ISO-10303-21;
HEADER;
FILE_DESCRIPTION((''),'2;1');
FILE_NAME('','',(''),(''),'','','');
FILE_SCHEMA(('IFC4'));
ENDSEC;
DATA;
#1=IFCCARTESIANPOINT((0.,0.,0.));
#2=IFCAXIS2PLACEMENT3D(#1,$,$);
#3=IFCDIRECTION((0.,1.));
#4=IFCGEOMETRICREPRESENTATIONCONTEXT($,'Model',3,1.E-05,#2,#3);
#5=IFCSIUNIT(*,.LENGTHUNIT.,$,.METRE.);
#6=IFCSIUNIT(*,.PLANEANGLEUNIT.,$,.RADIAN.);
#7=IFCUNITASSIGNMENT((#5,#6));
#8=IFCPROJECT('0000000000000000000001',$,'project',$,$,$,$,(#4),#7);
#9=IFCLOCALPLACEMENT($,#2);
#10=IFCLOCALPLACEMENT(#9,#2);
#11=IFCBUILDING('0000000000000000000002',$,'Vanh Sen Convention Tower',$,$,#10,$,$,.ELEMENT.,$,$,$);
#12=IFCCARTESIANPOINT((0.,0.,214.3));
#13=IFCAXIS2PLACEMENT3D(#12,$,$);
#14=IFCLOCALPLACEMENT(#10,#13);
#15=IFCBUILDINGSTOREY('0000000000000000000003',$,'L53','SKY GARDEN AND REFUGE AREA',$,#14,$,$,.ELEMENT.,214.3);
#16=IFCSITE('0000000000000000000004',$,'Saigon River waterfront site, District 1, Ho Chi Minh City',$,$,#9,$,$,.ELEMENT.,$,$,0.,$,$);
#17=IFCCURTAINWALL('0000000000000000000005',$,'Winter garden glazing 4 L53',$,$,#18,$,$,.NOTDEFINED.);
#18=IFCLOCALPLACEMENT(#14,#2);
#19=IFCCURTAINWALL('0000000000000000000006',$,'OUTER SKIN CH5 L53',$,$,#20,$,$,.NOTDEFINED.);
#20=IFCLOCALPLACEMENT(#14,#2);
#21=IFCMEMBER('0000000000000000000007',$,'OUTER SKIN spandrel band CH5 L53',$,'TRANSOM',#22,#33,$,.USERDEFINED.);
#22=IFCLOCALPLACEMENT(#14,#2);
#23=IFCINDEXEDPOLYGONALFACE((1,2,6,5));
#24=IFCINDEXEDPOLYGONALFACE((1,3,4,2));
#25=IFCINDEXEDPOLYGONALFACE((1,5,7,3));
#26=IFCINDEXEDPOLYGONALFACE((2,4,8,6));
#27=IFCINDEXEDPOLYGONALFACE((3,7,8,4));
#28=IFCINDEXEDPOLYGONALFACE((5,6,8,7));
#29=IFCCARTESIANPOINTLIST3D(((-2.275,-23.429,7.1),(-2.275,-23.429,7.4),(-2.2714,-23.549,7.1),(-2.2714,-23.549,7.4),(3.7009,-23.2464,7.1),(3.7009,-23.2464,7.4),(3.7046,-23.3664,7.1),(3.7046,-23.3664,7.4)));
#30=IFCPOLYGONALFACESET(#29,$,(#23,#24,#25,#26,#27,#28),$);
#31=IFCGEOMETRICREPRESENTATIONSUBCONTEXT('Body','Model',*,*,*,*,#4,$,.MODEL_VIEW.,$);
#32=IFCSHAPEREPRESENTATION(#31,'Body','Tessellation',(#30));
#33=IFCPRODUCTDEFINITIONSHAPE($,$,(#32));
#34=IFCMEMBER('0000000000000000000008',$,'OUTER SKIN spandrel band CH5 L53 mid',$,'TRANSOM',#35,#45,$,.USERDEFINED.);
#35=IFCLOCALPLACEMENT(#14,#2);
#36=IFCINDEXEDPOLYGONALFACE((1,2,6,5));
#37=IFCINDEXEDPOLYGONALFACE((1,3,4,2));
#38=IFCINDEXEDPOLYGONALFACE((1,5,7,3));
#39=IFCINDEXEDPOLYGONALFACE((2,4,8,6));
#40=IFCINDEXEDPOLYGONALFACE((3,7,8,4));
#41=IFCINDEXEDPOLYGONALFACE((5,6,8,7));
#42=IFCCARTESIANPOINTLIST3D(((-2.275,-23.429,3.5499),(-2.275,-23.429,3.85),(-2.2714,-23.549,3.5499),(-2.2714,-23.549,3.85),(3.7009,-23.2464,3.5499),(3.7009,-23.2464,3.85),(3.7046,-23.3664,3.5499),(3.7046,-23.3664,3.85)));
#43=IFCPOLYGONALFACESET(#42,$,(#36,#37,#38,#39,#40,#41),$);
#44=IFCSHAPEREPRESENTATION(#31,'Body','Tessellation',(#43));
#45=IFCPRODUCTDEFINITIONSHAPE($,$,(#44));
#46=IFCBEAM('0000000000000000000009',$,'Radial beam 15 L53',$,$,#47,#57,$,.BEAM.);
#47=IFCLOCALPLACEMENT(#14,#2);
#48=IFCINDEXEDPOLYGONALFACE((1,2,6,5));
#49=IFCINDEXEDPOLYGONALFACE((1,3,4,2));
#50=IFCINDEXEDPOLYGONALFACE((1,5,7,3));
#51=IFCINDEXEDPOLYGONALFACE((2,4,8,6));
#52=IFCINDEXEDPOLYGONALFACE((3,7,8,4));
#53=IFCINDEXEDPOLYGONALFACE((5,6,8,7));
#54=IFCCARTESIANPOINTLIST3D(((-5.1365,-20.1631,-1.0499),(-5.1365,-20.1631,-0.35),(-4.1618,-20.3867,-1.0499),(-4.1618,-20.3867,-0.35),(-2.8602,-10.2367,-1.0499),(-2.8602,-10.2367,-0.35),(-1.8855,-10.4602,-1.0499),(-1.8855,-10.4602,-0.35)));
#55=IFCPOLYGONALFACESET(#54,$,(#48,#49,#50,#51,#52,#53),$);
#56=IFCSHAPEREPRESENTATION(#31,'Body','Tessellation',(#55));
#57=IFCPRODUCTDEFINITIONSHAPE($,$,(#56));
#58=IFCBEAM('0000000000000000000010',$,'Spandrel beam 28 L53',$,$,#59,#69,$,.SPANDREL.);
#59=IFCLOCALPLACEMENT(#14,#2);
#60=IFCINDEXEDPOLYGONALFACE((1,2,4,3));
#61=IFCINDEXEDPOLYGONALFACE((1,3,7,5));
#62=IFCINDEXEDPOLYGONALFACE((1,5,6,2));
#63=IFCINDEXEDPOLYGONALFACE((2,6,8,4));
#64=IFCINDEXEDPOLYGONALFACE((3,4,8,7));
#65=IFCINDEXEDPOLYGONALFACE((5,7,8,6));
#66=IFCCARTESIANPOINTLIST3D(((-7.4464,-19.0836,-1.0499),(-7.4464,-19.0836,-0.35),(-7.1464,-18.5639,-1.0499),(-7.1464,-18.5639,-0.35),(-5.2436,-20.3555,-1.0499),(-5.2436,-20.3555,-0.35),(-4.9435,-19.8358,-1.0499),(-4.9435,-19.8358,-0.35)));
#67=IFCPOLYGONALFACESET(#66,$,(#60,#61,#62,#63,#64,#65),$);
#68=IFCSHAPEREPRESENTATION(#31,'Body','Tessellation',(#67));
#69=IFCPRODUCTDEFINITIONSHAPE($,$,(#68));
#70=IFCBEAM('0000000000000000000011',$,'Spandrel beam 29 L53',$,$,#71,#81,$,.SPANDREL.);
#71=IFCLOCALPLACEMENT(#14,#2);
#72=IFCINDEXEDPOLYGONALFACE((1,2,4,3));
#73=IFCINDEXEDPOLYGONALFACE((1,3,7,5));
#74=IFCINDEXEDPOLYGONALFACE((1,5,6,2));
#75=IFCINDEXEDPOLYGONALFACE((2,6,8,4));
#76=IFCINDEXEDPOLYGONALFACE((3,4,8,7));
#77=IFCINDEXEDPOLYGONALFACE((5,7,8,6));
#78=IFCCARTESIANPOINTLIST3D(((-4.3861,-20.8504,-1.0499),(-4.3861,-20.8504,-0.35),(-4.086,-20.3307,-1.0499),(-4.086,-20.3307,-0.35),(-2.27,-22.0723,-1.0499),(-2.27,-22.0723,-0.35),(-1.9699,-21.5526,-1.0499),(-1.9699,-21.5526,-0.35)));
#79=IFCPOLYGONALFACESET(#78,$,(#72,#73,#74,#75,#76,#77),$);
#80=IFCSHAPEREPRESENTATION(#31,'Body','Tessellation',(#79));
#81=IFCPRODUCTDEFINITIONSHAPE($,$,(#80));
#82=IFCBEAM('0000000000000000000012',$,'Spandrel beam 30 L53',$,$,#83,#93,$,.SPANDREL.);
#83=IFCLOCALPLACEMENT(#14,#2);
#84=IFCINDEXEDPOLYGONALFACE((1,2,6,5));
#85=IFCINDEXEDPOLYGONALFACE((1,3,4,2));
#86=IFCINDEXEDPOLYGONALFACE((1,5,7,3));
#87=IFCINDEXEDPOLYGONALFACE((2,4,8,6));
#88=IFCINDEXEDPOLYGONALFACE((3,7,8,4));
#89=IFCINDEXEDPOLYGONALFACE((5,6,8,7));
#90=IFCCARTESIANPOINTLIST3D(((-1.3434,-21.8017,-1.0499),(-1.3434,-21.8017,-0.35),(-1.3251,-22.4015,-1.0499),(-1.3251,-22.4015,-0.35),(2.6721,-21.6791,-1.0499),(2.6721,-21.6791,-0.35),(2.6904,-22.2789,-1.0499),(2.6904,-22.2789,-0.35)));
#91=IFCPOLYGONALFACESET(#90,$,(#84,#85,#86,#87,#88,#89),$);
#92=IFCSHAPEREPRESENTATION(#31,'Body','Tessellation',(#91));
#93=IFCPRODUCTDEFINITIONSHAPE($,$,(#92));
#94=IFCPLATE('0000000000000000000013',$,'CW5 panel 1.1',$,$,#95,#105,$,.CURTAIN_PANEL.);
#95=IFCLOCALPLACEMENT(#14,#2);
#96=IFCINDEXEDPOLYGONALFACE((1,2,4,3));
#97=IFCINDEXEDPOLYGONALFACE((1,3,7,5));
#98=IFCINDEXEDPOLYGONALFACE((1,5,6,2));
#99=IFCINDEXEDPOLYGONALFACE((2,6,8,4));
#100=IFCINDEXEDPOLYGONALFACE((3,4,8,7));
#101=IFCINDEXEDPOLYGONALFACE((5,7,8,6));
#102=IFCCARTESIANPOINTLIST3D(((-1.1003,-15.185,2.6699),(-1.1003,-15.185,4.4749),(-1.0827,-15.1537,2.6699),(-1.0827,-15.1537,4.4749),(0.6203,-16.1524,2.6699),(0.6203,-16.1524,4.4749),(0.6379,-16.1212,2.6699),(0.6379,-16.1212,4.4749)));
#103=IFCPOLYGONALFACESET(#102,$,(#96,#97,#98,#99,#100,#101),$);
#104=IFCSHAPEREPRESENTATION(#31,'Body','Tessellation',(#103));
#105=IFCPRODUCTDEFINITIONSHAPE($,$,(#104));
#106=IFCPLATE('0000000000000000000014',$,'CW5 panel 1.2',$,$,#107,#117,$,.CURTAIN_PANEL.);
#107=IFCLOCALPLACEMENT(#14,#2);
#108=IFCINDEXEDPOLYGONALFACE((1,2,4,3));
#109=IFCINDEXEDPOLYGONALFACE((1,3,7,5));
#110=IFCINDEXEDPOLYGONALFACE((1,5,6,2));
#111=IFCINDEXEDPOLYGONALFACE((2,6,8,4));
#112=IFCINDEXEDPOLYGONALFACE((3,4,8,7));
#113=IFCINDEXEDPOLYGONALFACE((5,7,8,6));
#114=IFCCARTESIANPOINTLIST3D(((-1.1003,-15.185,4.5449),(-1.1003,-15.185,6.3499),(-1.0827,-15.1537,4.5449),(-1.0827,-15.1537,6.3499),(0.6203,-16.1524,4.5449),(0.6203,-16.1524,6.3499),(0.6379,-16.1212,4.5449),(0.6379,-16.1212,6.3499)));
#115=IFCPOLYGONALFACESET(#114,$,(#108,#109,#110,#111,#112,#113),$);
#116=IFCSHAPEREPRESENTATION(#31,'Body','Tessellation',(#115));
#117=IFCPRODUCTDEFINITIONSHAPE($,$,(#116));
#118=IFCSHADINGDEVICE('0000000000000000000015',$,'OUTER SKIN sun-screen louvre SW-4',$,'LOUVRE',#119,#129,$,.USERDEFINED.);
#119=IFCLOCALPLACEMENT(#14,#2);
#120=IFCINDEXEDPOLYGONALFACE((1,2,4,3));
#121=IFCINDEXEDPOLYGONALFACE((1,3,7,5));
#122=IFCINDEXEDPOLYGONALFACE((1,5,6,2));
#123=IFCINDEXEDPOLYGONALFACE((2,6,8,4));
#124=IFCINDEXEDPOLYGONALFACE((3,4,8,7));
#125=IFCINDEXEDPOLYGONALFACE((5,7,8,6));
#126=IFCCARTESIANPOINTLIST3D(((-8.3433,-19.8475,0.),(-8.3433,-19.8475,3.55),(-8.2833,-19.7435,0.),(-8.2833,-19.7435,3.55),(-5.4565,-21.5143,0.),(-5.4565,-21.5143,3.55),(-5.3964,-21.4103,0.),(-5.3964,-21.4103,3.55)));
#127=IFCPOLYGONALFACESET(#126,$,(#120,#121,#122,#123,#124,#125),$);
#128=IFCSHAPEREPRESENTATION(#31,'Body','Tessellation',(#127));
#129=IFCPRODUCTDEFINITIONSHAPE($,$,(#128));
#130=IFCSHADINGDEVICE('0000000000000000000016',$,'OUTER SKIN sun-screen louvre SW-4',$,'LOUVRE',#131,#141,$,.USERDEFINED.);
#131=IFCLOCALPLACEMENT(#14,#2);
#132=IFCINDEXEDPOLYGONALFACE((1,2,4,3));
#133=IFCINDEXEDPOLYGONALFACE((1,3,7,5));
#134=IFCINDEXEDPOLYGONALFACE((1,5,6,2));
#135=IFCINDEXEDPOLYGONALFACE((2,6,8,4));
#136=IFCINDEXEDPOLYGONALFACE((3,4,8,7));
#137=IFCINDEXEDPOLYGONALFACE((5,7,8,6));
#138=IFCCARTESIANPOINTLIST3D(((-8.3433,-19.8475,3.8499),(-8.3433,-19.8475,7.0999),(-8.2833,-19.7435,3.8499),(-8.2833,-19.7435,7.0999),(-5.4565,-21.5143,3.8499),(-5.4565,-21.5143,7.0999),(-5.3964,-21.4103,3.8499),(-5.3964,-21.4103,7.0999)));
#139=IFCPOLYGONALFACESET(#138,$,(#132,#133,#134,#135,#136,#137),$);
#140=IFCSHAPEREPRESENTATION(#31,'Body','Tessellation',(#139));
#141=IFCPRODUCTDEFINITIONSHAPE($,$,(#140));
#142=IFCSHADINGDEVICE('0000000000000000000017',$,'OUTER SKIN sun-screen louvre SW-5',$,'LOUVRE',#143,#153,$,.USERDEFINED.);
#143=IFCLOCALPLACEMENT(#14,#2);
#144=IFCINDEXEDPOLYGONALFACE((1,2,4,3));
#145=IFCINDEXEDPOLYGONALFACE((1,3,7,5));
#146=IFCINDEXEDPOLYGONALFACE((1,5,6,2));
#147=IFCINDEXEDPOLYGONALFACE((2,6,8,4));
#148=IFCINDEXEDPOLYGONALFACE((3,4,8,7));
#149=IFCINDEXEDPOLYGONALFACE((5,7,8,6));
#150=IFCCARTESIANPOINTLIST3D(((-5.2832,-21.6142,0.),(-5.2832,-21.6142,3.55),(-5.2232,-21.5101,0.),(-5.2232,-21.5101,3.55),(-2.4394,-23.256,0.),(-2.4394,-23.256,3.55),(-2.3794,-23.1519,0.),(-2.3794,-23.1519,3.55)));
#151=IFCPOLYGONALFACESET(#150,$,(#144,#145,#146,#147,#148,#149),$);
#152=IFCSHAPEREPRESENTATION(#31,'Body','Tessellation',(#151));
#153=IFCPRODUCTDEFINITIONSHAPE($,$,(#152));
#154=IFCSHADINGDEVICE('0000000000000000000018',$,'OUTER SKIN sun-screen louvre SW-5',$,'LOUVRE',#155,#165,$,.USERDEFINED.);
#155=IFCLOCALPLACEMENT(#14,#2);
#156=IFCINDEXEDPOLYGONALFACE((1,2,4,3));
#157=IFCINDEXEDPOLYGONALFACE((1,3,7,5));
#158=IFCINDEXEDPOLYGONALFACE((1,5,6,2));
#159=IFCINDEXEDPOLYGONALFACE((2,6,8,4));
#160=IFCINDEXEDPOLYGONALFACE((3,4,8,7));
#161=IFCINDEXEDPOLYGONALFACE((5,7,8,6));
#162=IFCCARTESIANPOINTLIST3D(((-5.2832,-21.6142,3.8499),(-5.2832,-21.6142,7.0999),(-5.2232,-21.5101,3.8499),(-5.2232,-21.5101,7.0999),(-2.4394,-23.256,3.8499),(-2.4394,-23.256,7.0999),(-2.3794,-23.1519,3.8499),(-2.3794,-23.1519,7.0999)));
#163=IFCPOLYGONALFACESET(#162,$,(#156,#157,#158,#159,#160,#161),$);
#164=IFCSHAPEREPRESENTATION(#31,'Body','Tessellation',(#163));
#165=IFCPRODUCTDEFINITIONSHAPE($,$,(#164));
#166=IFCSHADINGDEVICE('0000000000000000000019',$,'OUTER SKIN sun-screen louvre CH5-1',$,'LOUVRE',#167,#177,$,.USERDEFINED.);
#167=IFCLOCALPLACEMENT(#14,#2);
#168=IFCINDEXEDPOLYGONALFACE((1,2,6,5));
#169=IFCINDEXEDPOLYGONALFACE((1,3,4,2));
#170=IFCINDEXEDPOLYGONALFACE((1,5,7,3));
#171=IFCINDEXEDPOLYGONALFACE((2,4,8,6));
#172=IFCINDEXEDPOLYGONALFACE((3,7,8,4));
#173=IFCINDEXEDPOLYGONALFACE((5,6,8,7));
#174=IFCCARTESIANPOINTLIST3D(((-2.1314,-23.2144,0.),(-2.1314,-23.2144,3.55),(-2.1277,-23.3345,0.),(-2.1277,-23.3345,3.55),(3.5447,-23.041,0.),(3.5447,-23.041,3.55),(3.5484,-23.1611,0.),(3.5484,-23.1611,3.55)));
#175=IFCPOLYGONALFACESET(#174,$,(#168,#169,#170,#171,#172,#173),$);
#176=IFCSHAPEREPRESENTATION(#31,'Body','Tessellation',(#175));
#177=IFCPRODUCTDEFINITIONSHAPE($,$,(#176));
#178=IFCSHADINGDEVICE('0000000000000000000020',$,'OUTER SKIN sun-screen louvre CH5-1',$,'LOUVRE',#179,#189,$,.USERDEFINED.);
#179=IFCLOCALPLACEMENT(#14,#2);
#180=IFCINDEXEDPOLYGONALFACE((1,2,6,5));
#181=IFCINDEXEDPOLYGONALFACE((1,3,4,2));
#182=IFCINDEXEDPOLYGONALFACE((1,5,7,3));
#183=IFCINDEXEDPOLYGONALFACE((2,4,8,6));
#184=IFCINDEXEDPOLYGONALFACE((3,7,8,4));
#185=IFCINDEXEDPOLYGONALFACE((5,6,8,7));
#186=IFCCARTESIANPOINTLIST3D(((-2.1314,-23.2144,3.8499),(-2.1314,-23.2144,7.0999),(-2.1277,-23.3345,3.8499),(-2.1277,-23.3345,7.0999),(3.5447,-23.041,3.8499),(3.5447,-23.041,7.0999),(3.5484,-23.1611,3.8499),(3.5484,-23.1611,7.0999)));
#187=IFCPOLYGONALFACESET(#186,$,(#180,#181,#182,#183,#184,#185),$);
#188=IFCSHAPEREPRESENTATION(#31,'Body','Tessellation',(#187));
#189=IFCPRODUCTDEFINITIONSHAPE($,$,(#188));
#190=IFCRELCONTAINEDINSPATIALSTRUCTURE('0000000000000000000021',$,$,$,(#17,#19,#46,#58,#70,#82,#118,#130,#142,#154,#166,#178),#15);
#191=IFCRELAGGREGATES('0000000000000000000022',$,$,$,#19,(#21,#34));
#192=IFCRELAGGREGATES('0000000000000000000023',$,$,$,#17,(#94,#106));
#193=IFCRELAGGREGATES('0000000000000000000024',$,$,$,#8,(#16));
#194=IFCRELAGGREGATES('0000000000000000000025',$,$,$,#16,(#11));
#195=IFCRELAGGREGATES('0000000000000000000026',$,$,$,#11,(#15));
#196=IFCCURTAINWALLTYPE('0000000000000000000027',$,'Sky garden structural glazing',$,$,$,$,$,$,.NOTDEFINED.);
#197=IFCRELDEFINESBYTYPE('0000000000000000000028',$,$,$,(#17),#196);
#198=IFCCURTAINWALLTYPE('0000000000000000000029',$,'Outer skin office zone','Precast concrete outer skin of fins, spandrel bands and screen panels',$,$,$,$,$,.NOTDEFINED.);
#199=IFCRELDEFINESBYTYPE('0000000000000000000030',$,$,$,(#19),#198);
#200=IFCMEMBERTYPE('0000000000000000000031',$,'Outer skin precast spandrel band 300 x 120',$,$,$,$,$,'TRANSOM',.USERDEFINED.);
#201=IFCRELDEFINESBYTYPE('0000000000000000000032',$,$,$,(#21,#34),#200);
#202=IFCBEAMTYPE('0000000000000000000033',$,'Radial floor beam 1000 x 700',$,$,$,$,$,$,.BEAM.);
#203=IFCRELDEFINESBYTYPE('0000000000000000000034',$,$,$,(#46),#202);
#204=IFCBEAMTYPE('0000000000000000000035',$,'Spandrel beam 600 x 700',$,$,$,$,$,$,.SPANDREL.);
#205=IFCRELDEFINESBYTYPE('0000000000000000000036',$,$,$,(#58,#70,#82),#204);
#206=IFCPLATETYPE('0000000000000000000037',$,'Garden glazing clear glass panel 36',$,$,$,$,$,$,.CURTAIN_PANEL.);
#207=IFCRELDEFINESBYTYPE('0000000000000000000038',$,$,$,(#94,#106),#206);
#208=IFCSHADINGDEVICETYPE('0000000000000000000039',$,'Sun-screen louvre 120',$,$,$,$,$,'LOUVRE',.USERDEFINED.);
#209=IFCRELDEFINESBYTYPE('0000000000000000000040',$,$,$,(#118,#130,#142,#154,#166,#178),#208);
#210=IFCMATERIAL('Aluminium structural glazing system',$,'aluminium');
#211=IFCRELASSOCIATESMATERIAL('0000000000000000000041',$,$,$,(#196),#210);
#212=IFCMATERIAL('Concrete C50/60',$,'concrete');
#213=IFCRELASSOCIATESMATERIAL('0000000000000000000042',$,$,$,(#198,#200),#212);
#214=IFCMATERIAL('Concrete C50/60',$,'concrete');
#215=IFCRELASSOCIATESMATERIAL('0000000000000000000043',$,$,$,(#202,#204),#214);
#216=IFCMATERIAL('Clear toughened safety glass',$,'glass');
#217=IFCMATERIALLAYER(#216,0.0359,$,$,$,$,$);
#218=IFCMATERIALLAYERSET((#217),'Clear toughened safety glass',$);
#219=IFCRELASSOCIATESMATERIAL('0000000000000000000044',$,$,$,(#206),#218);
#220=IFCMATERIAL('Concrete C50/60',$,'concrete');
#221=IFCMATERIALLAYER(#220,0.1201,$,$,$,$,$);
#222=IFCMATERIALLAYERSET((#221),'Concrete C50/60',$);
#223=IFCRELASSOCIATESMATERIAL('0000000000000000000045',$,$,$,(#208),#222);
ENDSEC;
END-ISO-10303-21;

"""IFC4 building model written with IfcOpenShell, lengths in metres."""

from ifc_helpers import new_model, si_unit, direction, frame, origin, origin_2d, place, context, subcontext, project, spatial, rectangle, extrude, material, layer, layer_set, material_profile, profile_set, type_object, element, aggregate, save


model = new_model("IFC4")

# Units and contexts
model_context = context("Model", 3, precision=1e-05, world=origin(), true_north=direction((0.0, 1.0)))
body_context = subcontext(model_context, "Body", "Model", "MODEL_VIEW")
ifc_project = project(units=[si_unit("LENGTHUNIT", "METRE"), si_unit("PLANEANGLEUNIT", "RADIAN")], contexts=[model_context])

# Site, building, storey
site_placement = place(None, origin())
site = spatial("IfcSite", under=ifc_project, at=site_placement, Name="Saigon River waterfront site, District 1, Ho Chi Minh City", CompositionType="ELEMENT", RefElevation=0.0)
building_placement = place(site_placement, origin())
building = spatial("IfcBuilding", under=site, at=building_placement, Name="Vanh Sen Convention Tower", CompositionType="ELEMENT")
storey_placement = place(building_placement, frame((0.0, 0.0, 214.3)))
storey = spatial("IfcBuildingStorey", under=building, at=storey_placement, Name="L53", Description="SKY GARDEN AND REFUGE AREA", CompositionType="ELEMENT", Elevation=214.3)

# Curtain walls, members
ifc_material_1 = material(Name="Aluminium structural glazing system", Category="aluminium")
curtain_wall_type_1 = type_object("IfcCurtainWallType", Name="Sky garden structural glazing", PredefinedType="NOTDEFINED", material=ifc_material_1)
curtain_wall_1_placement = place(storey_placement, origin())
curtain_wall_1 = element("IfcCurtainWall", 1, at=curtain_wall_1_placement, inside=storey, type_object=curtain_wall_type_1, Name="Winter garden glazing 4 L53", PredefinedType="NOTDEFINED")
ifc_material_2 = material(Name="Concrete C50/60", Category="concrete")
curtain_wall_type_2 = type_object("IfcCurtainWallType", Name="Outer skin office zone", Description="Precast concrete outer skin of fins, spandrel bands and screen panels", PredefinedType="NOTDEFINED", material=ifc_material_2)
curtain_wall_2_placement = place(storey_placement, origin())
curtain_wall_2 = element("IfcCurtainWall", 2, at=curtain_wall_2_placement, inside=storey, type_object=curtain_wall_type_2, Name="OUTER SKIN CH5 L53", PredefinedType="NOTDEFINED")
ifc_material_profile_1 = material_profile(ifc_material_2, rectangle(XDim=0.1201, YDim=0.3, at=origin_2d()), Name="Outer skin precast spandrel band 300 x 120")
ifc_profile_set_1 = profile_set([ifc_material_profile_1], Name="Concrete C50/60")
member_type_1 = type_object("IfcMemberType", Name="Outer skin precast spandrel band 300 x 120", ElementType="TRANSOM", PredefinedType="USERDEFINED", material=ifc_profile_set_1)
member_1_placement = place(storey_placement, frame((-2.2732, -23.489, 7.25), z_axis=(0.999533, 0.030544, 0.0), x_axis=(-0.030544, 0.999533, 0.0)))
member_1 = element("IfcMember", 3, at=member_1_placement, type_object=member_type_1, Name="OUTER SKIN spandrel band CH5 L53", ObjectType="TRANSOM", PredefinedType="USERDEFINED", context=body_context, shape_type="SweptSolid", body=[
    extrude(rectangle(XDim=0.1201, YDim=0.3, at=origin_2d()), origin(), (0.0, 0.0, 1.0), 5.9788),
])
member_2_placement = place(storey_placement, frame((-2.2732, -23.489, 3.7), z_axis=(0.999533, 0.030544, 0.0), x_axis=(-0.030544, 0.999533, 0.0)))
member_2 = element("IfcMember", 4, at=member_2_placement, type_object=member_type_1, Name="OUTER SKIN spandrel band CH5 L53 mid", ObjectType="TRANSOM", PredefinedType="USERDEFINED", context=body_context, shape_type="SweptSolid", body=[
    extrude(rectangle(XDim=0.1201, YDim=0.3, at=origin_2d()), origin(), (0.0, 0.0, 1.0), 5.9788),
])
aggregate(curtain_wall_2, [member_1, member_2])

# Beams
ifc_material_3 = material(Name="Concrete C50/60", Category="concrete")
ifc_material_profile_2 = material_profile(ifc_material_3, rectangle(XDim=1.0, YDim=0.7, at=origin_2d()), Name="RC 1000X700")
ifc_profile_set_2 = profile_set([ifc_material_profile_2], Name="Concrete C50/60")
beam_type_1 = type_object("IfcBeamType", Name="Radial floor beam 1000 x 700", PredefinedType="BEAM", material=ifc_profile_set_2)
beam_1_placement = place(storey_placement, frame((-4.6492, -20.2749, -0.7), z_axis=(0.22352, 0.974699, 0.0), x_axis=(-0.974699, 0.22352, 0.0)))
element("IfcBeam", 5, at=beam_1_placement, inside=storey, type_object=beam_type_1, Name="Radial beam 15 L53", PredefinedType="BEAM", context=body_context, shape_type="SweptSolid", body=[
    extrude(rectangle(XDim=1.0, YDim=0.7, at=origin_2d()), origin(), (0.0, 0.0, 1.0), 10.1841),
])
ifc_material_profile_3 = material_profile(ifc_material_3, rectangle(XDim=0.6001, YDim=0.7, at=origin_2d()), Name="RC 600X700")
ifc_profile_set_3 = profile_set([ifc_material_profile_3], Name="Concrete C50/60")
beam_type_2 = type_object("IfcBeamType", Name="Spandrel beam 600 x 700", PredefinedType="SPANDREL", material=ifc_profile_set_3)
beam_2_placement = place(storey_placement, frame((-7.2964, -18.8237, -0.7), z_axis=(0.866002, -0.500041, 0.0), x_axis=(0.500041, 0.866002, 0.0)))
element("IfcBeam", 6, at=beam_2_placement, inside=storey, type_object=beam_type_2, Name="Spandrel beam 28 L53", PredefinedType="SPANDREL", context=body_context, shape_type="SweptSolid", body=[
    extrude(rectangle(XDim=0.6001, YDim=0.7, at=origin_2d()), origin(), (0.0, 0.0, 1.0), 2.5437),
])
beam_3_placement = place(storey_placement, frame((-4.2361, -20.5906, -0.7), z_axis=(0.866003, -0.50004, 0.0), x_axis=(0.50004, 0.866003, 0.0)))
element("IfcBeam", 7, at=beam_3_placement, inside=storey, type_object=beam_type_2, Name="Spandrel beam 29 L53", PredefinedType="SPANDREL", context=body_context, shape_type="SweptSolid", body=[
    extrude(rectangle(XDim=0.6001, YDim=0.7, at=origin_2d()), origin(), (0.0, 0.0, 1.0), 2.4436),
])
beam_4_placement = place(storey_placement, frame((-1.3342, -22.1016, -0.7), z_axis=(0.999535, 0.030508, 0.0), x_axis=(-0.030508, 0.999535, 0.0)))
element("IfcBeam", 8, at=beam_4_placement, inside=storey, type_object=beam_type_2, Name="Spandrel beam 30 L53", PredefinedType="SPANDREL", context=body_context, shape_type="SweptSolid", body=[
    extrude(rectangle(XDim=0.6001, YDim=0.7, at=origin_2d()), origin(), (0.0, 0.0, 1.0), 4.0173),
])

# Plates
ifc_material_4 = material(Name="Clear toughened safety glass", Category="glass")
ifc_layer_1 = layer(ifc_material_4, 0.0359)
ifc_layer_set_1 = layer_set([ifc_layer_1], Name="Clear toughened safety glass")
plate_type = type_object("IfcPlateType", Name="Garden glazing clear glass panel 36", PredefinedType="CURTAIN_PANEL", material=ifc_layer_set_1)
plate_1_placement = place(storey_placement, frame((-0.2312, -15.6531, 2.6699), z_axis=(0.0, 0.0, 1.0), x_axis=(-0.871655, 0.49012, 0.0)))
plate_1 = element("IfcPlate", 9, at=plate_1_placement, type_object=plate_type, Name="CW5 panel 1.1", PredefinedType="CURTAIN_PANEL", context=body_context, shape_type="SweptSolid", body=[
    extrude(rectangle(XDim=1.9739, YDim=0.0359, at=origin_2d()), origin(), (0.0, 0.0, 1.0), 1.8049),
])
plate_2_placement = place(storey_placement, frame((-0.2312, -15.6531, 4.5449), z_axis=(0.0, 0.0, 1.0), x_axis=(-0.871655, 0.49012, 0.0)))
plate_2 = element("IfcPlate", 10, at=plate_2_placement, type_object=plate_type, Name="CW5 panel 1.2", PredefinedType="CURTAIN_PANEL", context=body_context, shape_type="SweptSolid", body=[
    extrude(rectangle(XDim=1.9739, YDim=0.0359, at=origin_2d()), origin(), (0.0, 0.0, 1.0), 1.8049),
])
aggregate(curtain_wall_1, [plate_1, plate_2])

# Shading devices
ifc_material_5 = material(Name="Concrete C50/60", Category="concrete")
ifc_layer_2 = layer(ifc_material_5, 0.1201)
ifc_layer_set_2 = layer_set([ifc_layer_2], Name="Concrete C50/60")
shading_device_type = type_object("IfcShadingDeviceType", Name="Sun-screen louvre 120", ElementType="LOUVRE", PredefinedType="USERDEFINED", material=ifc_layer_set_2)
shading_device_1_placement = place(storey_placement, frame((-6.8699, -20.6289, 0.0), z_axis=(0.0, 0.0, 1.0), x_axis=(0.866026, -0.499998, 0.0)))
element("IfcShadingDevice", 11, at=shading_device_1_placement, inside=storey, type_object=shading_device_type, Name="OUTER SKIN sun-screen louvre SW-4", ObjectType="LOUVRE", PredefinedType="USERDEFINED", context=body_context, shape_type="SweptSolid", body=[
    extrude(rectangle(XDim=3.3335, YDim=0.1201, at=origin_2d()), origin(), (0.0, 0.0, 1.0), 3.55),
])
shading_device_2_placement = place(storey_placement, frame((-6.8699, -20.6289, 3.8499), z_axis=(0.0, 0.0, 1.0), x_axis=(0.866026, -0.499998, 0.0)))
element("IfcShadingDevice", 12, at=shading_device_2_placement, inside=storey, type_object=shading_device_type, Name="OUTER SKIN sun-screen louvre SW-4", ObjectType="LOUVRE", PredefinedType="USERDEFINED", context=body_context, shape_type="SweptSolid", body=[
    extrude(rectangle(XDim=3.3335, YDim=0.1201, at=origin_2d()), origin(), (0.0, 0.0, 1.0), 3.25),
])
shading_device_3_placement = place(storey_placement, frame((-3.8313, -22.3831, 0.0), z_axis=(0.0, 0.0, 1.0), x_axis=(0.866033, -0.499986, 0.0)))
element("IfcShadingDevice", 13, at=shading_device_3_placement, inside=storey, type_object=shading_device_type, Name="OUTER SKIN sun-screen louvre SW-5", ObjectType="LOUVRE", PredefinedType="USERDEFINED", context=body_context, shape_type="SweptSolid", body=[
    extrude(rectangle(XDim=3.2837, YDim=0.1201, at=origin_2d()), origin(), (0.0, 0.0, 1.0), 3.55),
])
shading_device_4_placement = place(storey_placement, frame((-3.8313, -22.3831, 3.8499), z_axis=(0.0, 0.0, 1.0), x_axis=(0.866033, -0.499986, 0.0)))
element("IfcShadingDevice", 14, at=shading_device_4_placement, inside=storey, type_object=shading_device_type, Name="OUTER SKIN sun-screen louvre SW-5", ObjectType="LOUVRE", PredefinedType="USERDEFINED", context=body_context, shape_type="SweptSolid", body=[
    extrude(rectangle(XDim=3.2837, YDim=0.1201, at=origin_2d()), origin(), (0.0, 0.0, 1.0), 3.25),
])
shading_device_5_placement = place(storey_placement, frame((0.7085, -23.1877, 0.0), z_axis=(0.0, 0.0, 1.0), x_axis=(0.999534, 0.03054, 0.0)))
element("IfcShadingDevice", 15, at=shading_device_5_placement, inside=storey, type_object=shading_device_type, Name="OUTER SKIN sun-screen louvre CH5-1", ObjectType="LOUVRE", PredefinedType="USERDEFINED", context=body_context, shape_type="SweptSolid", body=[
    extrude(rectangle(XDim=5.6787, YDim=0.1201, at=origin_2d()), origin(), (0.0, 0.0, 1.0), 3.55),
])
shading_device_6_placement = place(storey_placement, frame((0.7085, -23.1877, 3.8499), z_axis=(0.0, 0.0, 1.0), x_axis=(0.999534, 0.03054, 0.0)))
element("IfcShadingDevice", 16, at=shading_device_6_placement, inside=storey, type_object=shading_device_type, Name="OUTER SKIN sun-screen louvre CH5-1", ObjectType="LOUVRE", PredefinedType="USERDEFINED", context=body_context, shape_type="SweptSolid", body=[
    extrude(rectangle(XDim=5.6787, YDim=0.1201, at=origin_2d()), origin(), (0.0, 0.0, 1.0), 3.25),
])

save(model, "model.ifc")
